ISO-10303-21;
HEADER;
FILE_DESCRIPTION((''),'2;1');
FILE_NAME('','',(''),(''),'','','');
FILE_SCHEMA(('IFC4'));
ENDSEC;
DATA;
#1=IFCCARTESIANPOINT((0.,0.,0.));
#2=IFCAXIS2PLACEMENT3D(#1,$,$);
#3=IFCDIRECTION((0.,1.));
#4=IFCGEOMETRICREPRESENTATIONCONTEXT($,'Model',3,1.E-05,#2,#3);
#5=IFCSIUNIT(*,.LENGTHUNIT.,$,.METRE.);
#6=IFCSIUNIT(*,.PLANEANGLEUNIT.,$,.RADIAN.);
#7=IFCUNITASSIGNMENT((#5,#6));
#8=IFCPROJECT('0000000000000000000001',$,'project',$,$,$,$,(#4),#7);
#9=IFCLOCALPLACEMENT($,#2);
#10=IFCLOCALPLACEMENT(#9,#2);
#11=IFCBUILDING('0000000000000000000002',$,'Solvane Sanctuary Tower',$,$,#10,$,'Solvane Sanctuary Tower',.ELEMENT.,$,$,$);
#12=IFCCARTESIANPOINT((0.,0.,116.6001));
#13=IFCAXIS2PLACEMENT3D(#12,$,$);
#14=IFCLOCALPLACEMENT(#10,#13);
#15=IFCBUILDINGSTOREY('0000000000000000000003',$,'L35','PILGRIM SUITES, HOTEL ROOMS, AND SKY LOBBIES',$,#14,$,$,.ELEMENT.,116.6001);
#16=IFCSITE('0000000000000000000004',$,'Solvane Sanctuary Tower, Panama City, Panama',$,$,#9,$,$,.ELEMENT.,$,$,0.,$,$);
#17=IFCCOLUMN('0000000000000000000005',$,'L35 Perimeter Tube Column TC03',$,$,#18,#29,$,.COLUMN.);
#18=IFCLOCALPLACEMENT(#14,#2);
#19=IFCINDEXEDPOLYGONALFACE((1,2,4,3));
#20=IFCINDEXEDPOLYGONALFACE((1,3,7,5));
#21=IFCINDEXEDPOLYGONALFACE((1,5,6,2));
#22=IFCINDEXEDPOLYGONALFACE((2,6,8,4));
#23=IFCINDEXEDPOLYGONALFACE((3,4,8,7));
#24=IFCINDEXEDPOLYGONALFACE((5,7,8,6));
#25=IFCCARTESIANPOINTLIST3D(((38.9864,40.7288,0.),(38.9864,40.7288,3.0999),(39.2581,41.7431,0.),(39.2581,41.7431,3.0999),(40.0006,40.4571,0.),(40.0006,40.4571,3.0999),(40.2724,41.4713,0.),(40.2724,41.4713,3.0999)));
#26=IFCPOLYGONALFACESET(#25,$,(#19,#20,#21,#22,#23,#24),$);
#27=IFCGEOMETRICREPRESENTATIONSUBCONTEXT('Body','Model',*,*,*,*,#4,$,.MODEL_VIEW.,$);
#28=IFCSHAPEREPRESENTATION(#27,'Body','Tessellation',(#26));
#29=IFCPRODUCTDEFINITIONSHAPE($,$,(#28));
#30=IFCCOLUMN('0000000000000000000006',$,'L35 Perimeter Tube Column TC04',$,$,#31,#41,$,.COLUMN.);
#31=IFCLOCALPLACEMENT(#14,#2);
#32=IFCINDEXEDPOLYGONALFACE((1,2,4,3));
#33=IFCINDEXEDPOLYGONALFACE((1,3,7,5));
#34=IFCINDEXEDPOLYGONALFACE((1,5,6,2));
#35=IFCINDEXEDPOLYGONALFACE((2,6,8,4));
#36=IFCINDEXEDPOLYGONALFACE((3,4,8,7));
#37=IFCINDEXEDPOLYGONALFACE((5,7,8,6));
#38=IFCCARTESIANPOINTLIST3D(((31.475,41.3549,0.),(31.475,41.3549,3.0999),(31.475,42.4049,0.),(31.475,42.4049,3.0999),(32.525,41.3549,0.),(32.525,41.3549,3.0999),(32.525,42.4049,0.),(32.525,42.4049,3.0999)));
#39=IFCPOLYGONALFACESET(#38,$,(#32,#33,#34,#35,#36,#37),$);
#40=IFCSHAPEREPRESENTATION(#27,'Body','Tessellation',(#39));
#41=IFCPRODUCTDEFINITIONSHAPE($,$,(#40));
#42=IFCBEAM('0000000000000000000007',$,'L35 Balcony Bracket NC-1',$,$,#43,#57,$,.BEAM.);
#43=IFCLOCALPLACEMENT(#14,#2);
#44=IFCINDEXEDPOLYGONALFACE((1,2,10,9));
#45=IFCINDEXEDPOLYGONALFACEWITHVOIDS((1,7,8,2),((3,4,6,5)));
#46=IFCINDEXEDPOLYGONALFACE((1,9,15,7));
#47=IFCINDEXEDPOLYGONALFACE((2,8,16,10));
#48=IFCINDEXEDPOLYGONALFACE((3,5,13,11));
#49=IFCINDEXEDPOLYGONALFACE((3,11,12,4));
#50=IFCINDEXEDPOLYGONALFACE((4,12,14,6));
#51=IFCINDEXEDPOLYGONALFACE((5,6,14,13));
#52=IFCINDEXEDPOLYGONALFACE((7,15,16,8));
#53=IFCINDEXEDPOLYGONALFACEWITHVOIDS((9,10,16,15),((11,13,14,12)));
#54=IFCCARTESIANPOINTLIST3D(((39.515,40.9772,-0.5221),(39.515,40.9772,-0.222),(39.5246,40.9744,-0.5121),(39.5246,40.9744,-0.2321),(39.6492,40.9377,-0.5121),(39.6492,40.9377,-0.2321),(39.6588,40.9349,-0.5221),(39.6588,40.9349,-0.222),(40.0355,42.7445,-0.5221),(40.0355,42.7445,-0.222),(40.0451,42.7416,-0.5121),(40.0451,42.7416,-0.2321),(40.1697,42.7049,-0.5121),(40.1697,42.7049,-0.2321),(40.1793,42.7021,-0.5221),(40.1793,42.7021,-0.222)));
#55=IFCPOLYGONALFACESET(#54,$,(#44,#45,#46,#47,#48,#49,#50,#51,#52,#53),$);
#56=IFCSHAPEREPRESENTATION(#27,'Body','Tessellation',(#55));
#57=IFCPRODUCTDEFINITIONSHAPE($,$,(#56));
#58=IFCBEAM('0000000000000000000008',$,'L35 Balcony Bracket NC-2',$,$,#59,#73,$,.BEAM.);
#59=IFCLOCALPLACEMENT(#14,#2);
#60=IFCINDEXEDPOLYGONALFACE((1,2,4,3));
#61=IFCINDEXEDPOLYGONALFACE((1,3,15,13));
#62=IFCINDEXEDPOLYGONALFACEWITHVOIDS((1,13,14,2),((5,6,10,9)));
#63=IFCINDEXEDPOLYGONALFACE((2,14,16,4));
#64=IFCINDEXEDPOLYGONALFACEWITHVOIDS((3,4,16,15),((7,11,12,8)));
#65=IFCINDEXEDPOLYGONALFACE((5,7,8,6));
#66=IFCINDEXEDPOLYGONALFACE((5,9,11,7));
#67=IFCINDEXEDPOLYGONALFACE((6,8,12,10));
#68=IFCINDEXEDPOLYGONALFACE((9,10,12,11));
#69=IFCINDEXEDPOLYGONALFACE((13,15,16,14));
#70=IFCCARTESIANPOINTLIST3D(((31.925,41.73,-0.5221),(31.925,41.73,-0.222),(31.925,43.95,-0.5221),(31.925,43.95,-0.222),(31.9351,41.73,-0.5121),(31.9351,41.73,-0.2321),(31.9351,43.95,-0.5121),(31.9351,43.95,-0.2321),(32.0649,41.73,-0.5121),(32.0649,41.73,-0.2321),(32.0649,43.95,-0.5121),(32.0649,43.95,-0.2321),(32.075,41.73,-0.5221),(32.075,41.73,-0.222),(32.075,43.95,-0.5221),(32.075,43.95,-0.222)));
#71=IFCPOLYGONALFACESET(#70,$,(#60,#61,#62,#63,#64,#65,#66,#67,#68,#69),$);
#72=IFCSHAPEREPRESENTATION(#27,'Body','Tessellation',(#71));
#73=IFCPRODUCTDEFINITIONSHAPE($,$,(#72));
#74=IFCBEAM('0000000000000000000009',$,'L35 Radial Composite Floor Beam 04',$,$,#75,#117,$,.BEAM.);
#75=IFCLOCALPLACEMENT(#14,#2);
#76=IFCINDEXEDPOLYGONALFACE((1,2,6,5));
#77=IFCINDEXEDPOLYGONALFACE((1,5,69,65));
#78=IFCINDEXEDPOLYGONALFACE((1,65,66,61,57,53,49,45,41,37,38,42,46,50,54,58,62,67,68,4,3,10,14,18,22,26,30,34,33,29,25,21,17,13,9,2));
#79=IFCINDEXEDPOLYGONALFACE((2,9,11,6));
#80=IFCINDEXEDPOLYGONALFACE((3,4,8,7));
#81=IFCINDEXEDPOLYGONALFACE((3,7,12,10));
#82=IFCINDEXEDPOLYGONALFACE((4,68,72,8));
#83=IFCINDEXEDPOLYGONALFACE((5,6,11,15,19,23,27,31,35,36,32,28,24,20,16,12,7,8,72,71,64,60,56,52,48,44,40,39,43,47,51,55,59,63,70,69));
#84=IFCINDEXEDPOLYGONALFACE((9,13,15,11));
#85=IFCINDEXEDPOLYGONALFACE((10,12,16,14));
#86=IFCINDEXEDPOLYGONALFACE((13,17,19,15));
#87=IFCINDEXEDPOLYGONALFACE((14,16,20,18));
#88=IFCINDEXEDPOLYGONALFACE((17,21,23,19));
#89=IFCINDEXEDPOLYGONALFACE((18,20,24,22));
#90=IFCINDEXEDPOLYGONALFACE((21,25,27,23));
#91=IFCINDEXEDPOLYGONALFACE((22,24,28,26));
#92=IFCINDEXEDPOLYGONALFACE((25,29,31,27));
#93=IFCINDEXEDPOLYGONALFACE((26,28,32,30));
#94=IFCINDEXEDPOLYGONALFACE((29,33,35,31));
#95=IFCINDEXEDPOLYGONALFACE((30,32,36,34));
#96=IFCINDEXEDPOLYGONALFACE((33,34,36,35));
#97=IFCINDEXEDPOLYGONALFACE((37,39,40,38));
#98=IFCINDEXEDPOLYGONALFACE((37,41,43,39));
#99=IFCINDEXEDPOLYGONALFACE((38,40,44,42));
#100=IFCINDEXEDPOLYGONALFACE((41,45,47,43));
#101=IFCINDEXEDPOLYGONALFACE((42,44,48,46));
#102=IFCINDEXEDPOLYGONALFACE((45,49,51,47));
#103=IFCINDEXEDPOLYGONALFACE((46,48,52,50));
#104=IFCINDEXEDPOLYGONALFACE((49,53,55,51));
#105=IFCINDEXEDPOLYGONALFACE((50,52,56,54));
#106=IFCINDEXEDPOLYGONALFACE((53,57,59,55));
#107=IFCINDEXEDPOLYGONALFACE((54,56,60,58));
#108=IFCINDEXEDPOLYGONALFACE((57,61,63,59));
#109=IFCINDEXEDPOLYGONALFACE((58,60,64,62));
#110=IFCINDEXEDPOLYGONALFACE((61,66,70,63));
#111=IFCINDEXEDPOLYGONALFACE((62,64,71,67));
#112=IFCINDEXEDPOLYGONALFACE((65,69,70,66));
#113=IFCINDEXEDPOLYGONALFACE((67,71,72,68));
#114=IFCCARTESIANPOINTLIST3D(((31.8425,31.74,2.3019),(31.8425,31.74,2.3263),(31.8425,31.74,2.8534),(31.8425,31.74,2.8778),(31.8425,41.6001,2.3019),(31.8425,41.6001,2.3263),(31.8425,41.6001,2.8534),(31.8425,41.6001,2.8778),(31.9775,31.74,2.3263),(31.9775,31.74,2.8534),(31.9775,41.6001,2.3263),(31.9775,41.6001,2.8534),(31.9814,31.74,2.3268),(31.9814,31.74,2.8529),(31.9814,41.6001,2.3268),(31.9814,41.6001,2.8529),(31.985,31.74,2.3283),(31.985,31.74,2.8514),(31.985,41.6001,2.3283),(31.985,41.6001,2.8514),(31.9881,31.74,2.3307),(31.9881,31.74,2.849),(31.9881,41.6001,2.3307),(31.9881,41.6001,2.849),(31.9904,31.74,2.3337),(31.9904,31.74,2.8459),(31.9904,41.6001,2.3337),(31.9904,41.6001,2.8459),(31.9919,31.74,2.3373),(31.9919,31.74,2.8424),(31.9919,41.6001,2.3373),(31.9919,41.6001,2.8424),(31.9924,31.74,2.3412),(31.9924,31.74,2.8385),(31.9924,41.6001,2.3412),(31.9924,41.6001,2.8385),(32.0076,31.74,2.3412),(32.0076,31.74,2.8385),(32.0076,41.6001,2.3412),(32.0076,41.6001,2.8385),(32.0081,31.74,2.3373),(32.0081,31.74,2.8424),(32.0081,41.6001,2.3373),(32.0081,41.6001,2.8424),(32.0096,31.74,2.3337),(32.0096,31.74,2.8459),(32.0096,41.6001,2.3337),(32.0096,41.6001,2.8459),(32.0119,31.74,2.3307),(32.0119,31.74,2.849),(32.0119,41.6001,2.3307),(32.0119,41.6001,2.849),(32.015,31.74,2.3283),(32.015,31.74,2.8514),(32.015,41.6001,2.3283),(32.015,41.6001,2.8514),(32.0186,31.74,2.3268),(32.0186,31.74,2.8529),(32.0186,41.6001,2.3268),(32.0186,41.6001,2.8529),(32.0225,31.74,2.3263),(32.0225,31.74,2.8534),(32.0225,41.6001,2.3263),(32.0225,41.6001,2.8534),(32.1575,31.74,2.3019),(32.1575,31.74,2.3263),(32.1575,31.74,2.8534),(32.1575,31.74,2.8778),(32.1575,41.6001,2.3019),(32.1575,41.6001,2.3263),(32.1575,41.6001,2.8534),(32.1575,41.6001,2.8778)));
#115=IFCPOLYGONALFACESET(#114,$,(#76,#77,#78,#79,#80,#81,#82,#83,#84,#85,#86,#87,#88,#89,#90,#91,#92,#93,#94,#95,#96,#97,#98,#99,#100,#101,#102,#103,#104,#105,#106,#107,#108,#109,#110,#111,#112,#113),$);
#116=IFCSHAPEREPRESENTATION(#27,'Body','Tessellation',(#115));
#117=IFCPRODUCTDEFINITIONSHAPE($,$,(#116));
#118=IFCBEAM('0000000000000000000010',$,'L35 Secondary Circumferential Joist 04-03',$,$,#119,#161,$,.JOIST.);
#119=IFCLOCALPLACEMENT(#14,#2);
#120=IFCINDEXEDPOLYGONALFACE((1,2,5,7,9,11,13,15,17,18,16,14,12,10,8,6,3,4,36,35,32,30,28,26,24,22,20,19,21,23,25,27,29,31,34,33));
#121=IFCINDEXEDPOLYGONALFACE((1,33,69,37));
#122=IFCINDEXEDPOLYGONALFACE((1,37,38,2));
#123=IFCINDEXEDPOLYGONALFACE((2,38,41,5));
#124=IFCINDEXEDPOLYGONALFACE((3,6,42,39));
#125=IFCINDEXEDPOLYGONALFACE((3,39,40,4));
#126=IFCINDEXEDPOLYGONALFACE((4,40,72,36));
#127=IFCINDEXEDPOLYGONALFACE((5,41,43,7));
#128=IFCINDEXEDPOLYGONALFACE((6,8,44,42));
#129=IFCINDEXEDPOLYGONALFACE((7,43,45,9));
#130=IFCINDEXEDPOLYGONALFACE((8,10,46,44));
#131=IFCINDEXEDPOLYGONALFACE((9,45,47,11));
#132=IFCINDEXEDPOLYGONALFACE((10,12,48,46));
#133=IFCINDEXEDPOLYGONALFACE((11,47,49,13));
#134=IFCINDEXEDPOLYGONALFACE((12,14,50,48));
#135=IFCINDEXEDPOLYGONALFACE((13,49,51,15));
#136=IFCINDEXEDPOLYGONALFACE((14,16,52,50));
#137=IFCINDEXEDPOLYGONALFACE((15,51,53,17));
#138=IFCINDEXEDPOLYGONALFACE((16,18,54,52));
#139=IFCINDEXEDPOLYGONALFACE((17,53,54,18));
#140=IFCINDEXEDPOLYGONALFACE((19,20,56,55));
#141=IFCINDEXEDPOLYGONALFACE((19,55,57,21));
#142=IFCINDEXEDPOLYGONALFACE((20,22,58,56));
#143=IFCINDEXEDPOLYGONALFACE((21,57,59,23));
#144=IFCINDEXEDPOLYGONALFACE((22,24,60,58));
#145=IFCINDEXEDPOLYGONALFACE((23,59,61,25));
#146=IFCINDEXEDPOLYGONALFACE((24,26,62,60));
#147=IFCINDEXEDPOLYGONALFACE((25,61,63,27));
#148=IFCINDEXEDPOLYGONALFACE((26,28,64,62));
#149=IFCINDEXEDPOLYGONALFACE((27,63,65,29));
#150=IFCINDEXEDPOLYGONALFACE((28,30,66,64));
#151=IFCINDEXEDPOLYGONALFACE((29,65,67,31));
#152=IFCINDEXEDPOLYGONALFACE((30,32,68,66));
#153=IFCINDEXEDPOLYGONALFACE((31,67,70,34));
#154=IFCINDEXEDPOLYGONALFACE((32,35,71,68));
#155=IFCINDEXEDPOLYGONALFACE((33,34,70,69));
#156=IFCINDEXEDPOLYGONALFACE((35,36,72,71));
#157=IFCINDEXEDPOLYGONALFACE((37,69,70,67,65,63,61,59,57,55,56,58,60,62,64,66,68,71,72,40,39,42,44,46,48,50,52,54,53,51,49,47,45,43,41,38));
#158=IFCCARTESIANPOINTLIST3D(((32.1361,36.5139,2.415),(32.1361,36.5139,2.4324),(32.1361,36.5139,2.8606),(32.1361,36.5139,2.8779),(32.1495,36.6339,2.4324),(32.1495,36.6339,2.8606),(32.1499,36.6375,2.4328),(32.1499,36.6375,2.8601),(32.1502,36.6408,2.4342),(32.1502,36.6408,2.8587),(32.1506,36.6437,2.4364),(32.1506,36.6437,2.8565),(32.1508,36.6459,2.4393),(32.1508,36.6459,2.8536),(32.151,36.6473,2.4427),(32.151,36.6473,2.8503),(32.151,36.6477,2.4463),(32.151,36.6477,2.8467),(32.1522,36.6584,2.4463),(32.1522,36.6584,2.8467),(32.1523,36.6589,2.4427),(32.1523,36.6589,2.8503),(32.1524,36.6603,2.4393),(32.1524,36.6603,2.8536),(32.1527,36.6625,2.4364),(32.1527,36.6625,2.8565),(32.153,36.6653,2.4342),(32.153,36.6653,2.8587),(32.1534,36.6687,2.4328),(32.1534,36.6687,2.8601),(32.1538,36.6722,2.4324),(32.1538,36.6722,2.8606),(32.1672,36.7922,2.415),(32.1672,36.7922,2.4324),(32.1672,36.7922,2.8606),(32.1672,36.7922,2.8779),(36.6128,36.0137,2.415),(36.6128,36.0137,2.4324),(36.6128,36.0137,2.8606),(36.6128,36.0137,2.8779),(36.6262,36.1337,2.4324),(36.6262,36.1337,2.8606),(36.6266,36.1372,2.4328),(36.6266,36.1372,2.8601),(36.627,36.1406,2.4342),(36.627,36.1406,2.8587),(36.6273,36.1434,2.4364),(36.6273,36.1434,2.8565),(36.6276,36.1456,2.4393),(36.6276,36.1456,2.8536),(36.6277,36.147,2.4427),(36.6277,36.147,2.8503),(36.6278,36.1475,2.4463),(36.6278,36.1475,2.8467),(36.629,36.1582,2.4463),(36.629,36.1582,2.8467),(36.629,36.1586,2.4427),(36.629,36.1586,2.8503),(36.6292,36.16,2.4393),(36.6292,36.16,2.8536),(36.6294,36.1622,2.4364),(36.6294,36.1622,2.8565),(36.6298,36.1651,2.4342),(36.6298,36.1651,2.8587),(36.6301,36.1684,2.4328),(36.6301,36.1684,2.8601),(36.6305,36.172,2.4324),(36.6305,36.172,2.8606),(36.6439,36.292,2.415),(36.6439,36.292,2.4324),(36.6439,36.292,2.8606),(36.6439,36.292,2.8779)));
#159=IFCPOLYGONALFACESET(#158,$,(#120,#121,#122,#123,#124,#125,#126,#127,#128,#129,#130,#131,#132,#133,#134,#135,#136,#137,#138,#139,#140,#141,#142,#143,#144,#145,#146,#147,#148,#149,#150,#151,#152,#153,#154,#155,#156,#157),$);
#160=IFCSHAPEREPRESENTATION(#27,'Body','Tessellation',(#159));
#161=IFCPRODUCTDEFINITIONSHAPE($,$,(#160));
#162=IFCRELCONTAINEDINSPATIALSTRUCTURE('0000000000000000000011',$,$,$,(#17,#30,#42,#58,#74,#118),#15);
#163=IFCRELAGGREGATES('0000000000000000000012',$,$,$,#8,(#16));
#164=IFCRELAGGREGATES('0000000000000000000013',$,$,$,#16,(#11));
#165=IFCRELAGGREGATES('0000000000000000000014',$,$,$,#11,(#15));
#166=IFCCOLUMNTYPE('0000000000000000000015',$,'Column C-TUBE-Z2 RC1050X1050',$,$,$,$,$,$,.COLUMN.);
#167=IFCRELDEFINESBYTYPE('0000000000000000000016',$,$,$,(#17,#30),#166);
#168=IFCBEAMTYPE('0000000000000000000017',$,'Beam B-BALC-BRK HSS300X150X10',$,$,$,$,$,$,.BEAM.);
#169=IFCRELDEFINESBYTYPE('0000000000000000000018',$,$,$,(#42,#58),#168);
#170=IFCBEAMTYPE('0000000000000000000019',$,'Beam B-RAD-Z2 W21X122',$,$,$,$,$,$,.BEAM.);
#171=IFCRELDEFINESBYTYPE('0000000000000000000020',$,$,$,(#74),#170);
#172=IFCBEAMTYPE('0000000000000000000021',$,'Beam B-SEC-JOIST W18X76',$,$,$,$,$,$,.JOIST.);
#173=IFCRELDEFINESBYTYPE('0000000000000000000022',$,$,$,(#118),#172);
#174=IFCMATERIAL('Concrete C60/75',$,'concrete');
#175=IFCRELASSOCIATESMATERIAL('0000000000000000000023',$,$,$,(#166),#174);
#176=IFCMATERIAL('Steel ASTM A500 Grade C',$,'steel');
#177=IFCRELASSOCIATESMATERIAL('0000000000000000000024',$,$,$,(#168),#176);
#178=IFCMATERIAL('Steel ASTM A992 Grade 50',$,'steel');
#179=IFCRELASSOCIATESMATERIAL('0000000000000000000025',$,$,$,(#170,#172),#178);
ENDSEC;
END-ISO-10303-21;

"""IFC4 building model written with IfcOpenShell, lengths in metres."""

from ifc_helpers import new_model, si_unit, direction, frame, origin, origin_2d, place, context, subcontext, project, spatial, rectangle, hollow_rectangle, i_section, extrude, material, material_profile, profile_set, type_object, element, save


model = new_model("IFC4")

# Units and contexts
model_context = context("Model", 3, precision=1e-05, world=origin(), true_north=direction((0.0, 1.0)))
body_context = subcontext(model_context, "Body", "Model", "MODEL_VIEW")
ifc_project = project(units=[si_unit("LENGTHUNIT", "METRE"), si_unit("PLANEANGLEUNIT", "RADIAN")], contexts=[model_context])

# Site, building, storey
site_placement = place(None, origin())
site = spatial("IfcSite", under=ifc_project, at=site_placement, Name="Solvane Sanctuary Tower, Panama City, Panama", CompositionType="ELEMENT", RefElevation=0.0)
building_placement = place(site_placement, origin())
building = spatial("IfcBuilding", under=site, at=building_placement, Name="Solvane Sanctuary Tower", LongName="Solvane Sanctuary Tower", CompositionType="ELEMENT")
storey_placement = place(building_placement, frame((0.0, 0.0, 116.6001)))
storey = spatial("IfcBuildingStorey", under=building, at=storey_placement, Name="L35", Description="PILGRIM SUITES, HOTEL ROOMS, AND SKY LOBBIES", CompositionType="ELEMENT", Elevation=116.6001)

# Columns
ifc_material_1 = material(Name="Concrete C60/75", Category="concrete")
ifc_material_profile_1 = material_profile(ifc_material_1, rectangle(XDim=1.05, YDim=1.05, at=origin_2d()), Name="RC1050X1050")
ifc_profile_set_1 = profile_set([ifc_material_profile_1], Name="Concrete C60/75")
column_type = type_object("IfcColumnType", Name="Column C-TUBE-Z2 RC1050X1050", PredefinedType="COLUMN", material=ifc_profile_set_1)
for number, where, z_axis, x_axis, name in (
    (1, (39.6294, 41.1001, 0.0), (0.0, 0.0, 1.0), (0.258819, 0.965926, 0.0), "L35 Perimeter Tube Column TC03"),
    (2, (32.0, 41.8799, 0.0), (0.0, 0.0, 1.0), (0.0, 1.0, 0.0), "L35 Perimeter Tube Column TC04"),
):
    element("IfcColumn", number, at=place(storey_placement, frame(where, z_axis=z_axis, x_axis=x_axis)), inside=storey, type_object=column_type, Name=name, PredefinedType="COLUMN", context=body_context, shape_type="SweptSolid", body=[
        extrude(rectangle(XDim=1.05, YDim=1.05, at=origin_2d()), origin(), (0.0, 0.0, 1.0), 3.0999),
    ])

# Beams
ifc_material_2 = material(Name="Steel ASTM A500 Grade C", Category="steel")
ifc_material_profile_2 = material_profile(ifc_material_2, hollow_rectangle(XDim=0.1499, YDim=0.3, WallThickness=0.01, at=origin_2d()), Name="HSS300X150X10")
ifc_profile_set_2 = profile_set([ifc_material_profile_2], Name="Steel ASTM A500 Grade C")
beam_type_1 = type_object("IfcBeamType", Name="Beam B-BALC-BRK HSS300X150X10", PredefinedType="BEAM", material=ifc_profile_set_2)
beam_1_placement = place(storey_placement, frame((39.5869, 40.9561, -0.3721), z_axis=(0.282518, 0.959262, 0.0), x_axis=(-0.959262, 0.282518, 0.0)))
element("IfcBeam", 3, at=beam_1_placement, inside=storey, type_object=beam_type_1, Name="L35 Balcony Bracket NC-1", PredefinedType="BEAM", context=body_context, shape_type="SweptSolid", body=[
    extrude(hollow_rectangle(XDim=0.1499, YDim=0.3, WallThickness=0.01, at=origin_2d()), origin(), (0.0, 0.0, 1.0), 1.8423),
])
beam_2_placement = place(storey_placement, frame((32.0, 41.73, -0.3721), z_axis=(0.0, 1.0, 0.0), x_axis=(-1.0, 0.0, 0.0)))
element("IfcBeam", 4, at=beam_2_placement, inside=storey, type_object=beam_type_1, Name="L35 Balcony Bracket NC-2", PredefinedType="BEAM", context=body_context, shape_type="SweptSolid", body=[
    extrude(hollow_rectangle(XDim=0.1499, YDim=0.3, WallThickness=0.01, at=origin_2d()), origin(), (0.0, 0.0, 1.0), 2.22),
])
ifc_material_3 = material(Name="Steel ASTM A992 Grade 50", Category="steel")
ifc_material_profile_3 = material_profile(ifc_material_3, i_section(OverallWidth=0.3149, OverallDepth=0.5759, WebThickness=0.0151, FlangeThickness=0.0244, FilletRadius=0.0149, at=origin_2d()), Name="W21X122")
ifc_profile_set_3 = profile_set([ifc_material_profile_3], Name="Steel ASTM A992 Grade 50")
beam_type_2 = type_object("IfcBeamType", Name="Beam B-RAD-Z2 W21X122", PredefinedType="BEAM", material=ifc_profile_set_3)
beam_3_placement = place(storey_placement, frame((32.0, 31.74, 2.5898), z_axis=(0.0, 1.0, 0.0), x_axis=(-1.0, 0.0, 0.0)))
element("IfcBeam", 5, at=beam_3_placement, inside=storey, type_object=beam_type_2, Name="L35 Radial Composite Floor Beam 04", PredefinedType="BEAM", context=body_context, shape_type="SweptSolid", body=[
    extrude(i_section(OverallWidth=0.3149, OverallDepth=0.5759, WebThickness=0.0151, FlangeThickness=0.0244, FilletRadius=0.0149, at=origin_2d()), origin(), (0.0, 0.0, 1.0), 9.8601),
])
ifc_material_profile_4 = material_profile(ifc_material_3, i_section(OverallWidth=0.28, OverallDepth=0.4629, WebThickness=0.0107, FlangeThickness=0.0173, FilletRadius=0.0139, at=origin_2d()), Name="W18X76")
ifc_profile_set_4 = profile_set([ifc_material_profile_4], Name="Steel ASTM A992 Grade 50")
beam_type_3 = type_object("IfcBeamType", Name="Beam B-SEC-JOIST W18X76", PredefinedType="JOIST", material=ifc_profile_set_4)
beam_4_placement = place(storey_placement, frame((32.1516, 36.6531, 2.6465), z_axis=(0.993815, -0.11105, 0.0), x_axis=(0.11105, 0.993815, 0.0)))
element("IfcBeam", 6, at=beam_4_placement, inside=storey, type_object=beam_type_3, Name="L35 Secondary Circumferential Joist 04-03", PredefinedType="JOIST", context=body_context, shape_type="SweptSolid", body=[
    extrude(i_section(OverallWidth=0.28, OverallDepth=0.4629, WebThickness=0.0107, FlangeThickness=0.0173, FilletRadius=0.0139, at=origin_2d()), origin(), (0.0, 0.0, 1.0), 4.5046),
])

save(model, "model.ifc")
